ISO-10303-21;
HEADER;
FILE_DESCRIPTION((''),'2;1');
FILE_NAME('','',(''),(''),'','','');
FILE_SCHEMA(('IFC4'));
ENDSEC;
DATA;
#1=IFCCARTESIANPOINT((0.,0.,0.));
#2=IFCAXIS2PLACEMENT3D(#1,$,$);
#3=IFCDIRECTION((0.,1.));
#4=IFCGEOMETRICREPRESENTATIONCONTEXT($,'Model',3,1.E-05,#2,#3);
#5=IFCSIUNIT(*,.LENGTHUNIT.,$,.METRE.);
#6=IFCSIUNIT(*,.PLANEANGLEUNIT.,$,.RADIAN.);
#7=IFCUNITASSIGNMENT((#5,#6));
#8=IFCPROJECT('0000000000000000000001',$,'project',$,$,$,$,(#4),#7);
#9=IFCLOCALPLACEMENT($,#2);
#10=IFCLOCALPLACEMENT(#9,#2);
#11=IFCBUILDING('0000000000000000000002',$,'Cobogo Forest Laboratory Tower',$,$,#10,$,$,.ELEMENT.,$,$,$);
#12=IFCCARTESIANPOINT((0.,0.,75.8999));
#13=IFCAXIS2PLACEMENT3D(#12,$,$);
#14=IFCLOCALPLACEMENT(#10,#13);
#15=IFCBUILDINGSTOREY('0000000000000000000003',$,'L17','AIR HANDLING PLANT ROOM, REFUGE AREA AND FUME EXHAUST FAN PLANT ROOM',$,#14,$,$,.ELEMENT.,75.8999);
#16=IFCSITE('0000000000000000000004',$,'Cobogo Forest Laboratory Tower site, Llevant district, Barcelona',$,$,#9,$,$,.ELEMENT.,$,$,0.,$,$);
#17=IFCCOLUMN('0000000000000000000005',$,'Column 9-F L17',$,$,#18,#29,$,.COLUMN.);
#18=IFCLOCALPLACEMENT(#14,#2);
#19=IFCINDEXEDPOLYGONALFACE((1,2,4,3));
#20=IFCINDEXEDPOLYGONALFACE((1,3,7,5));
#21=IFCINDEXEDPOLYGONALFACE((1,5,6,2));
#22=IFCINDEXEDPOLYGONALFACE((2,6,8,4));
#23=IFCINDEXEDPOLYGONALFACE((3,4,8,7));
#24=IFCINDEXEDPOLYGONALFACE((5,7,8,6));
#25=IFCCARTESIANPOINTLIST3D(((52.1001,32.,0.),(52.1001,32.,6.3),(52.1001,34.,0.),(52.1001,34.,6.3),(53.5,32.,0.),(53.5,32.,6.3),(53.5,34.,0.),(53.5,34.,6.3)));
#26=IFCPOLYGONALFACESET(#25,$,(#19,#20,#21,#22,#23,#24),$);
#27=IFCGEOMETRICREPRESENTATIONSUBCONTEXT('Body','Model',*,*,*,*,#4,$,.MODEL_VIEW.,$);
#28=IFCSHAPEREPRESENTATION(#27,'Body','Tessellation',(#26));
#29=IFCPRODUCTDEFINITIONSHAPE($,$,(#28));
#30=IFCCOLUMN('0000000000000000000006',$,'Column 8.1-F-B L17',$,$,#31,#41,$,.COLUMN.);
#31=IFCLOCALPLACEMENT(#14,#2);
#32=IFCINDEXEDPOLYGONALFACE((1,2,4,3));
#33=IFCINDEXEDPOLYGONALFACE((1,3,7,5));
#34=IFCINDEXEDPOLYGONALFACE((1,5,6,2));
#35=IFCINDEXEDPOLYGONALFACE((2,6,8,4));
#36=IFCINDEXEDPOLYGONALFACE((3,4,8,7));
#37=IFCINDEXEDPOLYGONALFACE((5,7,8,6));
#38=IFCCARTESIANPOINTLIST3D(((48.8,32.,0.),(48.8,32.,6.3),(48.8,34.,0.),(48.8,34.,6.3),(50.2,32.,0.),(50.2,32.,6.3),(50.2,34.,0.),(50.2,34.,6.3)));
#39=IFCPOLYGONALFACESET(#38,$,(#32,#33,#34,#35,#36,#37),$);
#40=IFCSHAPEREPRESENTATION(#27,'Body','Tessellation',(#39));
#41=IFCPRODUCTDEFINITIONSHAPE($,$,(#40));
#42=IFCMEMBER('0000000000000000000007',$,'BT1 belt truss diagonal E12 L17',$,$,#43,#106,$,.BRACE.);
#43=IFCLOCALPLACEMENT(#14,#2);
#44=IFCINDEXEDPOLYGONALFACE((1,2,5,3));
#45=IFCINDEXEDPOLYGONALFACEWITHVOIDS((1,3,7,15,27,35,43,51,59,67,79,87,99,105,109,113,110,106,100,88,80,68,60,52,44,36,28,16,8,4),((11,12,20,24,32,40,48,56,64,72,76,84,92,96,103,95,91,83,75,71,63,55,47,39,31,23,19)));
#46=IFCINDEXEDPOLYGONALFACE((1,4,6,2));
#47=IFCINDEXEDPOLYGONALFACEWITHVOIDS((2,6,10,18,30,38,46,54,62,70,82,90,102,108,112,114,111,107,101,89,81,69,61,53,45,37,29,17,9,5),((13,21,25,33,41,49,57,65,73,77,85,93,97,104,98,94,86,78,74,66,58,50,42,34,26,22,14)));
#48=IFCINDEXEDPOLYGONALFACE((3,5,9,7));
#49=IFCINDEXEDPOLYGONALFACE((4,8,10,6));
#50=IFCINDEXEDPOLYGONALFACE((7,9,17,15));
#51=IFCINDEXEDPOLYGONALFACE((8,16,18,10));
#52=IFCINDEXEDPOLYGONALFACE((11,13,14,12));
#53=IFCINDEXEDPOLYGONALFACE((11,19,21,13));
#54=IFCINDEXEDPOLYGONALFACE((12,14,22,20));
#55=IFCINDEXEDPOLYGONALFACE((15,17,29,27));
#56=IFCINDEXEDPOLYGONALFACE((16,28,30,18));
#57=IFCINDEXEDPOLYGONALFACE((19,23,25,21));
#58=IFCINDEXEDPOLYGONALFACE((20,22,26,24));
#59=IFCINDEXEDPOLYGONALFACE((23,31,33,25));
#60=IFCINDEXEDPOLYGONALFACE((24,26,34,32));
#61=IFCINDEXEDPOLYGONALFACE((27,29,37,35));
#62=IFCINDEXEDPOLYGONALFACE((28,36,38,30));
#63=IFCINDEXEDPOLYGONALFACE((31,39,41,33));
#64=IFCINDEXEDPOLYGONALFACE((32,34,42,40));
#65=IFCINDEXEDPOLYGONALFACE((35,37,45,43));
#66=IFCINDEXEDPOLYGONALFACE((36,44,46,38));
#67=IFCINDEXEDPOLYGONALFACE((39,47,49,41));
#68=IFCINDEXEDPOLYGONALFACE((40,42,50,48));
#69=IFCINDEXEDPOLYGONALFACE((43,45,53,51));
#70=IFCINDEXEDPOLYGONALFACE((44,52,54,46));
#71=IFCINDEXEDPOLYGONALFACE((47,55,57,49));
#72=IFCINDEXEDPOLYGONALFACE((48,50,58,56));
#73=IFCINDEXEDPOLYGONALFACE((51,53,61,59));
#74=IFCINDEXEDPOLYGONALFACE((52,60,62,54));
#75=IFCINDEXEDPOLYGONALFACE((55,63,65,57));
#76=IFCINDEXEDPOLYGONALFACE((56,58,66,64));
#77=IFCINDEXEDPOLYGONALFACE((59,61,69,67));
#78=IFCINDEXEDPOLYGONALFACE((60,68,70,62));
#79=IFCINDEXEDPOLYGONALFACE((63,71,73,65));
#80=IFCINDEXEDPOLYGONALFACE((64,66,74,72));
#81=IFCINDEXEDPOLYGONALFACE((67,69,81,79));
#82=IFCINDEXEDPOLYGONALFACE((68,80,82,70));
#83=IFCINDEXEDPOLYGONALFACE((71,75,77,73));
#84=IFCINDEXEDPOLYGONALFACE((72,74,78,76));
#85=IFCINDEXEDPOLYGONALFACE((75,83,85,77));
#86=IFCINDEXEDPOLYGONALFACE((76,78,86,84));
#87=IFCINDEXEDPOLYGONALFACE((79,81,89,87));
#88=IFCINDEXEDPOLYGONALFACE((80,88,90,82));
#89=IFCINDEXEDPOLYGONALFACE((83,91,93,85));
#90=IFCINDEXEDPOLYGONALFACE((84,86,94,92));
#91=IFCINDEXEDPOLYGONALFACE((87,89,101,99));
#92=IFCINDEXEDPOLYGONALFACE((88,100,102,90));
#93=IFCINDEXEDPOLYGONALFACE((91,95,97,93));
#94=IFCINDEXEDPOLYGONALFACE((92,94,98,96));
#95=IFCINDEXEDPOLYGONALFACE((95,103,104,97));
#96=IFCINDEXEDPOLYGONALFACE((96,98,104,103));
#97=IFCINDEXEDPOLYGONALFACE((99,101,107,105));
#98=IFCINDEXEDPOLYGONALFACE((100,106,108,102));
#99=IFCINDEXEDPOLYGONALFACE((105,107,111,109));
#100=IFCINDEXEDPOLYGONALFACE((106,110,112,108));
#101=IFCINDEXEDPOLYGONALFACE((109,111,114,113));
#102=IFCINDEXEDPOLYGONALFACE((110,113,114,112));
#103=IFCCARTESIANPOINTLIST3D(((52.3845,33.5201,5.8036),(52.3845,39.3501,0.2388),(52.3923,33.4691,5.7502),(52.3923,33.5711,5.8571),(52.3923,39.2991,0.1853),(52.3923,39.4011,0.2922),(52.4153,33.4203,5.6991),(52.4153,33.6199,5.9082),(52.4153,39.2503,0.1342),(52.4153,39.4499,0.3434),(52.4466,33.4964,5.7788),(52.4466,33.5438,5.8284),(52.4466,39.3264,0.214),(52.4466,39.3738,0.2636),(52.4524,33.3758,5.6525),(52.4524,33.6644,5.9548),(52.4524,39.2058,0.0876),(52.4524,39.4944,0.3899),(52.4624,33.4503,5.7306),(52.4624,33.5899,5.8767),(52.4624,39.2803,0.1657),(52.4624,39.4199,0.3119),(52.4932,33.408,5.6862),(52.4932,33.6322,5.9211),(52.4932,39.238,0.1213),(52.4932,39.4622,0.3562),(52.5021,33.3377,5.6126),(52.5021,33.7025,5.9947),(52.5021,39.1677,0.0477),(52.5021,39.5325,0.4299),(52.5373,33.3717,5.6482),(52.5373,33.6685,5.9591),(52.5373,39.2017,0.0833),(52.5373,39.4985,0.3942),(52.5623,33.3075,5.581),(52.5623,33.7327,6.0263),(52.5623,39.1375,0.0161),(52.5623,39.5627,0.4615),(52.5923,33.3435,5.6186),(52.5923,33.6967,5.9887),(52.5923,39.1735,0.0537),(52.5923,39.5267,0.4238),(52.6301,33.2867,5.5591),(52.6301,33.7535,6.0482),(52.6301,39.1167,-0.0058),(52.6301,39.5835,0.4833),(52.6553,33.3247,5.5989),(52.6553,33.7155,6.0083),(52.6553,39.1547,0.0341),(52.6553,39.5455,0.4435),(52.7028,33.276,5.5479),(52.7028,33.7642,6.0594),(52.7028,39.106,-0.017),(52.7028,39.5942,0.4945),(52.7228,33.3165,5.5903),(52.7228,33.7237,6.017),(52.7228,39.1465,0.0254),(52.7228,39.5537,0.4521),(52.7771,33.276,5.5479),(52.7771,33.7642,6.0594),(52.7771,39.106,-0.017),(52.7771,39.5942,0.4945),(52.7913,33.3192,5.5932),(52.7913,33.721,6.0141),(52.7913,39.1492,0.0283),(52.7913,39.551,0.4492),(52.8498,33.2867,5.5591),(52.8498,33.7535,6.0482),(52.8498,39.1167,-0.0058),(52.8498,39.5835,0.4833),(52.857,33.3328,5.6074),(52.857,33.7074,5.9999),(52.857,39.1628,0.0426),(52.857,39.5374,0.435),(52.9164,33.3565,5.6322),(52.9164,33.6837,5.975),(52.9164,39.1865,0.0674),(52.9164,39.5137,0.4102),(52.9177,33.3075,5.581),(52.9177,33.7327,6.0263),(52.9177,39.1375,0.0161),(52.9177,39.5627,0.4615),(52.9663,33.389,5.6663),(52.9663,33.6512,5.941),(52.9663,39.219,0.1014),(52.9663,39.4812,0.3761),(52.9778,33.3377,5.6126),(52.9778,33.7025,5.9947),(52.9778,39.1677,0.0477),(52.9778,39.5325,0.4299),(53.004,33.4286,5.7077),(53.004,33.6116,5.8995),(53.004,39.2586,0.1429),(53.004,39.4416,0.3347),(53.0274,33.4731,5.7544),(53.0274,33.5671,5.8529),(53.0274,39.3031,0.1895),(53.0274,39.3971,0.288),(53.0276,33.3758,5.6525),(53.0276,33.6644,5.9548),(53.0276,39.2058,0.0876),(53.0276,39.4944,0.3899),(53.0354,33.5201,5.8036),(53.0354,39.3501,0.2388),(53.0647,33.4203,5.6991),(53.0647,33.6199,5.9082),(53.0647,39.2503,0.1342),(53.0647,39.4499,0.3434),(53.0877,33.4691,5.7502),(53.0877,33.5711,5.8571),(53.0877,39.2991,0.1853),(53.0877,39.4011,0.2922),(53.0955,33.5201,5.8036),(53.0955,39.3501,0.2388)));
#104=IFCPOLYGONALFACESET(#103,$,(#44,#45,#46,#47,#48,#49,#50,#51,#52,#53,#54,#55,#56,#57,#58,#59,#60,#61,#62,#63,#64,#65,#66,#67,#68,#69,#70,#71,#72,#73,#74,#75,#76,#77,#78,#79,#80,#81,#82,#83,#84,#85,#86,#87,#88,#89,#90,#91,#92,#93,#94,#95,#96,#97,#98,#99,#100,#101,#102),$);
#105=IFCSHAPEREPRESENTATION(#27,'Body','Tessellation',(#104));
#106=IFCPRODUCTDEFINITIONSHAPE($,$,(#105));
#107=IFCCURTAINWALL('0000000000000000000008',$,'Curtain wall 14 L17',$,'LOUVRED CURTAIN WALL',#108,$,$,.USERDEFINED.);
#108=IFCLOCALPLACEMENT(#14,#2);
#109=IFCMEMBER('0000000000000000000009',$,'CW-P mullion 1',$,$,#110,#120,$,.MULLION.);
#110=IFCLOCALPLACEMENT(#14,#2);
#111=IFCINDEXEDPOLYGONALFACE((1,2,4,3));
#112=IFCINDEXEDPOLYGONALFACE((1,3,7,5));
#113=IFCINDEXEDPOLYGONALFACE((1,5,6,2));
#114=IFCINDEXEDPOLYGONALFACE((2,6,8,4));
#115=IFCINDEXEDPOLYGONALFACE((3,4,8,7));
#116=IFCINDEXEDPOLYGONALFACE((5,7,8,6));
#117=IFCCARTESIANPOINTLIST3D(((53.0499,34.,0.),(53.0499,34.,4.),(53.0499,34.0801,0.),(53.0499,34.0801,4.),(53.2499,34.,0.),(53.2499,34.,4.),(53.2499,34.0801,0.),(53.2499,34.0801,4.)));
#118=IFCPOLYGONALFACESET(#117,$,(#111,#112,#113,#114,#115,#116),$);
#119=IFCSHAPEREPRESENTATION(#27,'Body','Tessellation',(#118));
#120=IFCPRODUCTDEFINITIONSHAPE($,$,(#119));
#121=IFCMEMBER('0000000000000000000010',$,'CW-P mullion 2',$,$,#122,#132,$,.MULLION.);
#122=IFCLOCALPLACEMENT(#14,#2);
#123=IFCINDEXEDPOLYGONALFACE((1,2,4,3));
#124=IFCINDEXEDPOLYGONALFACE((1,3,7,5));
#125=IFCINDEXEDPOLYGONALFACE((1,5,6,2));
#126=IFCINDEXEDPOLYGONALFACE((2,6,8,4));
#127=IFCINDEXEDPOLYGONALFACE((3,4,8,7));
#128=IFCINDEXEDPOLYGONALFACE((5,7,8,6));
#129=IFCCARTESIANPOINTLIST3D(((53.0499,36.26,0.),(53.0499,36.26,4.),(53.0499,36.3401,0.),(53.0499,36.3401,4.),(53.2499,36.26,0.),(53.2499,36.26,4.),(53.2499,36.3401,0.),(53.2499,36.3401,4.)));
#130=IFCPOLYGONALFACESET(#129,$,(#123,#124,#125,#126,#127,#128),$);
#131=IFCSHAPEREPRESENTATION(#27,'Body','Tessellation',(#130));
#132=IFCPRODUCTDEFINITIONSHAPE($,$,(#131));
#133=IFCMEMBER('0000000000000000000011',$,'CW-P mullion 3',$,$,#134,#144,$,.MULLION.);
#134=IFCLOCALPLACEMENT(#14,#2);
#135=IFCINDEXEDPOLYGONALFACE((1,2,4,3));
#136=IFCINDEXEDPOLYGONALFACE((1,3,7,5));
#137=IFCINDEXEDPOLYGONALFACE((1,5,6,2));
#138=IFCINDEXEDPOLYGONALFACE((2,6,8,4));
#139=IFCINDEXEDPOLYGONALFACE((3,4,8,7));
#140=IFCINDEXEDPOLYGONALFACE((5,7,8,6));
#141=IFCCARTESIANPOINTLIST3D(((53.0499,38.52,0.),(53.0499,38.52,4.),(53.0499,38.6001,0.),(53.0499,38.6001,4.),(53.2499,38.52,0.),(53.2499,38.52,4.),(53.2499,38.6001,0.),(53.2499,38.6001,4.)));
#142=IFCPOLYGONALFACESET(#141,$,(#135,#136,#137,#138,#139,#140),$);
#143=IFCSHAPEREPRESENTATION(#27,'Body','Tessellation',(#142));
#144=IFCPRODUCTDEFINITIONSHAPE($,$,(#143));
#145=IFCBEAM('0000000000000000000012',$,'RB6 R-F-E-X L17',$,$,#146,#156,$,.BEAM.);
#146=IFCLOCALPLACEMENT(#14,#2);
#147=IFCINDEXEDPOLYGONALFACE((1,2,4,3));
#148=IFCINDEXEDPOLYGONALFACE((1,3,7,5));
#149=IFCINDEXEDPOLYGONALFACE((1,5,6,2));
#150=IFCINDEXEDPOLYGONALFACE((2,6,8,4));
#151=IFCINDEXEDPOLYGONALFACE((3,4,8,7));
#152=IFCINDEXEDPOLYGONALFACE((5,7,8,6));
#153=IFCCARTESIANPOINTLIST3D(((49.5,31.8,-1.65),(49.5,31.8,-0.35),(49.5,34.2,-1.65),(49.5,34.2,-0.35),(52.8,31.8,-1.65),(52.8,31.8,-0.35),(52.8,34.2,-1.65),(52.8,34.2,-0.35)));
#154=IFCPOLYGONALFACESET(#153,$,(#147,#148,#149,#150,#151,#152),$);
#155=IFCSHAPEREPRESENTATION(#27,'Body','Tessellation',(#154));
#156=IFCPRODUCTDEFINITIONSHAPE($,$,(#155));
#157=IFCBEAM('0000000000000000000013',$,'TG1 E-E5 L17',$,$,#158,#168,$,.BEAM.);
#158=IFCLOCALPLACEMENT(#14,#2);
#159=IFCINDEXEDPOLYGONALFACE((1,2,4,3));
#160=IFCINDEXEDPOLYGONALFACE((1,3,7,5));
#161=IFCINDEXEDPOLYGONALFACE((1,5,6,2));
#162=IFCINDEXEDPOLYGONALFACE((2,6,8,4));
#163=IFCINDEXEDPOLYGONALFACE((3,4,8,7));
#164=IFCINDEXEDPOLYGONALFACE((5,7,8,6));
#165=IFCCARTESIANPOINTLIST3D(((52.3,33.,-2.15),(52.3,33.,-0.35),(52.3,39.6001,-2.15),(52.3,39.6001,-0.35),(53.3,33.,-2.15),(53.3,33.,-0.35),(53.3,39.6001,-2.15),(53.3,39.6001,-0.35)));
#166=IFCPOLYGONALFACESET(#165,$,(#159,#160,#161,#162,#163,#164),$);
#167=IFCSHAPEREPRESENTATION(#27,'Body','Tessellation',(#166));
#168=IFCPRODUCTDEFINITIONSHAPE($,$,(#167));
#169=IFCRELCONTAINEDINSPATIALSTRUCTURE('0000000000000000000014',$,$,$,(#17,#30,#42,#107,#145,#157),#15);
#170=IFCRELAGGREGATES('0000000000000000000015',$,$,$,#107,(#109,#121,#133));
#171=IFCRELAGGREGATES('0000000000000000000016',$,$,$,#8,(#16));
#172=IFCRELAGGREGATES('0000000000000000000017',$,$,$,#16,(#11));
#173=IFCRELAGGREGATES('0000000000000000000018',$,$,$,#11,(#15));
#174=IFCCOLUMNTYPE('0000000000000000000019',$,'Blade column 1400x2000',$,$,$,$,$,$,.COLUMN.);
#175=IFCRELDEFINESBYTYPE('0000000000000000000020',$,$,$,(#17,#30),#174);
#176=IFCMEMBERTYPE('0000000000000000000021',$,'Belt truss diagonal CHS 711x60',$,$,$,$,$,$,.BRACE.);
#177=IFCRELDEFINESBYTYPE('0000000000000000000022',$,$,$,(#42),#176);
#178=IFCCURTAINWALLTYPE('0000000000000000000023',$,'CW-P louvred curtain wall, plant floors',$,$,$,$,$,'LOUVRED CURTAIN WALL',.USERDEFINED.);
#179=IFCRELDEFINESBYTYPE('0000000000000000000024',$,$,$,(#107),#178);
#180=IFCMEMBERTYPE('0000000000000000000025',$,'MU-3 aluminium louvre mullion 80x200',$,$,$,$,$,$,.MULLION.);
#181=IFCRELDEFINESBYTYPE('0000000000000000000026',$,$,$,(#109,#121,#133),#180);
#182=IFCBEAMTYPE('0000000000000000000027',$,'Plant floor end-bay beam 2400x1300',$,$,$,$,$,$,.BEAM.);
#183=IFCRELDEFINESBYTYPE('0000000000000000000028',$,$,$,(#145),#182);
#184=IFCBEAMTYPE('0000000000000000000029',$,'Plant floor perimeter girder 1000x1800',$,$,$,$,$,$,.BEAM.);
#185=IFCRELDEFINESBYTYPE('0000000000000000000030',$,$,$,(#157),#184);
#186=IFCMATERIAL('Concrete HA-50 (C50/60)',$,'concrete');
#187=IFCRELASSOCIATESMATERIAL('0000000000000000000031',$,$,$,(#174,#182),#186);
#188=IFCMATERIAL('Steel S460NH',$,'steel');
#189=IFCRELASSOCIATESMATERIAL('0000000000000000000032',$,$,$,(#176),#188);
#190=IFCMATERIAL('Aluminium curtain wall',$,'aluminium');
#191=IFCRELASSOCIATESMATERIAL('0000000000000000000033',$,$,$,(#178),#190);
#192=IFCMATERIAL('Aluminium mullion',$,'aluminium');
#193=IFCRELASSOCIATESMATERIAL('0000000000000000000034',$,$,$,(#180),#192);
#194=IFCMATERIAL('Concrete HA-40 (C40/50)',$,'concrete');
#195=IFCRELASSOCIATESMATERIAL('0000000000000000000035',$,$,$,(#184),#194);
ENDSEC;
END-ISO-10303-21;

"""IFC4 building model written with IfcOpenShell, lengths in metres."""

from ifc_helpers import new_model, si_unit, direction, frame, origin, origin_2d, place, context, subcontext, project, spatial, rectangle, hollow_circle, extrude, material, material_profile, profile_set, type_object, element, aggregate, save


model = new_model("IFC4")

# Units and contexts
model_context = context("Model", 3, precision=1e-05, world=origin(), true_north=direction((0.0, 1.0)))
body_context = subcontext(model_context, "Body", "Model", "MODEL_VIEW")
ifc_project = project(units=[si_unit("LENGTHUNIT", "METRE"), si_unit("PLANEANGLEUNIT", "RADIAN")], contexts=[model_context])

# Site, building, storey
site_placement = place(None, origin())
site = spatial("IfcSite", under=ifc_project, at=site_placement, Name="Cobogo Forest Laboratory Tower site, Llevant district, Barcelona", CompositionType="ELEMENT", RefElevation=0.0)
building_placement = place(site_placement, origin())
building = spatial("IfcBuilding", under=site, at=building_placement, Name="Cobogo Forest Laboratory Tower", CompositionType="ELEMENT")
storey_placement = place(building_placement, frame((0.0, 0.0, 75.8999)))
storey = spatial("IfcBuildingStorey", under=building, at=storey_placement, Name="L17", Description="AIR HANDLING PLANT ROOM, REFUGE AREA AND FUME EXHAUST FAN PLANT ROOM", CompositionType="ELEMENT", Elevation=75.8999)

# Columns
ifc_material_1 = material(Name="Concrete HA-50 (C50/60)", Category="concrete")
ifc_material_profile_1 = material_profile(ifc_material_1, rectangle(XDim=2.0, YDim=1.3999, at=origin_2d()), Name="RC 1400x2000")
ifc_profile_set_1 = profile_set([ifc_material_profile_1], Name="Concrete HA-50 (C50/60)")
column_type = type_object("IfcColumnType", Name="Blade column 1400x2000", PredefinedType="COLUMN", material=ifc_profile_set_1)
for number, where, z_axis, x_axis, name in (
    (1, (52.8, 33.0, 0.0), (0.0, 0.0, 1.0), (0.0, 1.0, 0.0), "Column 9-F L17"),
    (2, (49.5, 33.0, 0.0), (0.0, 0.0, 1.0), (0.0, 1.0, 0.0), "Column 8.1-F-B L17"),
):
    element("IfcColumn", number, at=place(storey_placement, frame(where, z_axis=z_axis, x_axis=x_axis)), inside=storey, type_object=column_type, Name=name, PredefinedType="COLUMN", context=body_context, shape_type="SweptSolid", body=[
        extrude(rectangle(XDim=2.0, YDim=1.3999, at=origin_2d()), origin(), (0.0, 0.0, 1.0), 6.3),
    ])

# Member
ifc_material_2 = material(Name="Steel S460NH", Category="steel")
ifc_material_profile_2 = material_profile(ifc_material_2, hollow_circle(Radius=0.3555, WallThickness=0.0601, at=origin_2d()), Name="CHS 711x60")
ifc_profile_set_2 = profile_set([ifc_material_profile_2], Name="Steel S460NH")
member_type_1 = type_object("IfcMemberType", Name="Belt truss diagonal CHS 711x60", PredefinedType="BRACE", material=ifc_profile_set_2)
member_1_placement = place(storey_placement, frame((52.74, 39.3501, 0.2388), z_axis=(0.0, -0.723364, 0.690467), x_axis=(1.0, 0.0, 0.0)))
element("IfcMember", 3, at=member_1_placement, inside=storey, type_object=member_type_1, Name="BT1 belt truss diagonal E12 L17", PredefinedType="BRACE", context=body_context, shape_type="SweptSolid", body=[
    extrude(hollow_circle(Radius=0.3555, WallThickness=0.0601, at=origin_2d()), origin(), (0.0, 0.0, 1.0), 8.0596),
])

# Curtain wall, members
ifc_material_3 = material(Name="Aluminium curtain wall", Category="aluminium")
curtain_wall_type = type_object("IfcCurtainWallType", Name="CW-P louvred curtain wall, plant floors", ElementType="LOUVRED CURTAIN WALL", PredefinedType="USERDEFINED", material=ifc_material_3)
curtain_wall_placement = place(storey_placement, origin())
curtain_wall = element("IfcCurtainWall", 4, at=curtain_wall_placement, inside=storey, type_object=curtain_wall_type, Name="Curtain wall 14 L17", ObjectType="LOUVRED CURTAIN WALL", PredefinedType="USERDEFINED")
ifc_material_4 = material(Name="Aluminium mullion", Category="aluminium")
ifc_material_profile_3 = material_profile(ifc_material_4, rectangle(XDim=0.0801, YDim=0.2, at=origin_2d()), Name="AL 80x200")
ifc_profile_set_3 = profile_set([ifc_material_profile_3], Name="Aluminium mullion")
member_type_2 = type_object("IfcMemberType", Name="MU-3 aluminium louvre mullion 80x200", PredefinedType="MULLION", material=ifc_profile_set_3)
member_2_placement = place(storey_placement, frame((53.1499, 34.04, 0.0), z_axis=(0.0, 0.0, 1.0), x_axis=(0.0, 1.0, 0.0)))
member_2 = element("IfcMember", 5, at=member_2_placement, type_object=member_type_2, Name="CW-P mullion 1", PredefinedType="MULLION", context=body_context, shape_type="SweptSolid", body=[
    extrude(rectangle(XDim=0.0801, YDim=0.2, at=origin_2d()), origin(), (0.0, 0.0, 1.0), 4.0),
])
member_3_placement = place(storey_placement, frame((53.1499, 36.3, 0.0), z_axis=(0.0, 0.0, 1.0), x_axis=(0.0, 1.0, 0.0)))
member_3 = element("IfcMember", 6, at=member_3_placement, type_object=member_type_2, Name="CW-P mullion 2", PredefinedType="MULLION", context=body_context, shape_type="SweptSolid", body=[
    extrude(rectangle(XDim=0.0801, YDim=0.2, at=origin_2d()), origin(), (0.0, 0.0, 1.0), 4.0),
])
member_4_placement = place(storey_placement, frame((53.1499, 38.5601, 0.0), z_axis=(0.0, 0.0, 1.0), x_axis=(0.0, 1.0, 0.0)))
member_4 = element("IfcMember", 7, at=member_4_placement, type_object=member_type_2, Name="CW-P mullion 3", PredefinedType="MULLION", context=body_context, shape_type="SweptSolid", body=[
    extrude(rectangle(XDim=0.0801, YDim=0.2, at=origin_2d()), origin(), (0.0, 0.0, 1.0), 4.0),
])

# Beams
ifc_material_profile_4 = material_profile(ifc_material_1, rectangle(XDim=2.3999, YDim=1.3, at=origin_2d()), Name="RC 2400x1300")
ifc_profile_set_4 = profile_set([ifc_material_profile_4], Name="Concrete HA-50 (C50/60)")
beam_type_1 = type_object("IfcBeamType", Name="Plant floor end-bay beam 2400x1300", PredefinedType="BEAM", material=ifc_profile_set_4)
beam_1_placement = place(storey_placement, frame((52.8, 33.0, -1.0), z_axis=(-1.0, 0.0, 0.0), x_axis=(0.0, -1.0, 0.0)))
element("IfcBeam", 8, at=beam_1_placement, inside=storey, type_object=beam_type_1, Name="RB6 R-F-E-X L17", PredefinedType="BEAM", context=body_context, shape_type="SweptSolid", body=[
    extrude(rectangle(XDim=2.3999, YDim=1.3, at=origin_2d()), origin(), (0.0, 0.0, 1.0), 3.3),
])
ifc_material_5 = material(Name="Concrete HA-40 (C40/50)", Category="concrete")
ifc_material_profile_5 = material_profile(ifc_material_5, rectangle(XDim=1.0, YDim=1.8, at=origin_2d()), Name="RC 1000x1800")
ifc_profile_set_5 = profile_set([ifc_material_profile_5], Name="Concrete HA-40 (C40/50)")
beam_type_2 = type_object("IfcBeamType", Name="Plant floor perimeter girder 1000x1800", PredefinedType="BEAM", material=ifc_profile_set_5)
beam_2_placement = place(storey_placement, frame((52.8, 33.0, -1.25), z_axis=(0.0, 1.0, 0.0), x_axis=(-1.0, 0.0, 0.0)))
element("IfcBeam", 9, at=beam_2_placement, inside=storey, type_object=beam_type_2, Name="TG1 E-E5 L17", PredefinedType="BEAM", context=body_context, shape_type="SweptSolid", body=[
    extrude(rectangle(XDim=1.0, YDim=1.8, at=origin_2d()), origin(), (0.0, 0.0, 1.0), 6.6001),
])

aggregate(curtain_wall, [member_2, member_3, member_4])

save(model, "model.ifc")
